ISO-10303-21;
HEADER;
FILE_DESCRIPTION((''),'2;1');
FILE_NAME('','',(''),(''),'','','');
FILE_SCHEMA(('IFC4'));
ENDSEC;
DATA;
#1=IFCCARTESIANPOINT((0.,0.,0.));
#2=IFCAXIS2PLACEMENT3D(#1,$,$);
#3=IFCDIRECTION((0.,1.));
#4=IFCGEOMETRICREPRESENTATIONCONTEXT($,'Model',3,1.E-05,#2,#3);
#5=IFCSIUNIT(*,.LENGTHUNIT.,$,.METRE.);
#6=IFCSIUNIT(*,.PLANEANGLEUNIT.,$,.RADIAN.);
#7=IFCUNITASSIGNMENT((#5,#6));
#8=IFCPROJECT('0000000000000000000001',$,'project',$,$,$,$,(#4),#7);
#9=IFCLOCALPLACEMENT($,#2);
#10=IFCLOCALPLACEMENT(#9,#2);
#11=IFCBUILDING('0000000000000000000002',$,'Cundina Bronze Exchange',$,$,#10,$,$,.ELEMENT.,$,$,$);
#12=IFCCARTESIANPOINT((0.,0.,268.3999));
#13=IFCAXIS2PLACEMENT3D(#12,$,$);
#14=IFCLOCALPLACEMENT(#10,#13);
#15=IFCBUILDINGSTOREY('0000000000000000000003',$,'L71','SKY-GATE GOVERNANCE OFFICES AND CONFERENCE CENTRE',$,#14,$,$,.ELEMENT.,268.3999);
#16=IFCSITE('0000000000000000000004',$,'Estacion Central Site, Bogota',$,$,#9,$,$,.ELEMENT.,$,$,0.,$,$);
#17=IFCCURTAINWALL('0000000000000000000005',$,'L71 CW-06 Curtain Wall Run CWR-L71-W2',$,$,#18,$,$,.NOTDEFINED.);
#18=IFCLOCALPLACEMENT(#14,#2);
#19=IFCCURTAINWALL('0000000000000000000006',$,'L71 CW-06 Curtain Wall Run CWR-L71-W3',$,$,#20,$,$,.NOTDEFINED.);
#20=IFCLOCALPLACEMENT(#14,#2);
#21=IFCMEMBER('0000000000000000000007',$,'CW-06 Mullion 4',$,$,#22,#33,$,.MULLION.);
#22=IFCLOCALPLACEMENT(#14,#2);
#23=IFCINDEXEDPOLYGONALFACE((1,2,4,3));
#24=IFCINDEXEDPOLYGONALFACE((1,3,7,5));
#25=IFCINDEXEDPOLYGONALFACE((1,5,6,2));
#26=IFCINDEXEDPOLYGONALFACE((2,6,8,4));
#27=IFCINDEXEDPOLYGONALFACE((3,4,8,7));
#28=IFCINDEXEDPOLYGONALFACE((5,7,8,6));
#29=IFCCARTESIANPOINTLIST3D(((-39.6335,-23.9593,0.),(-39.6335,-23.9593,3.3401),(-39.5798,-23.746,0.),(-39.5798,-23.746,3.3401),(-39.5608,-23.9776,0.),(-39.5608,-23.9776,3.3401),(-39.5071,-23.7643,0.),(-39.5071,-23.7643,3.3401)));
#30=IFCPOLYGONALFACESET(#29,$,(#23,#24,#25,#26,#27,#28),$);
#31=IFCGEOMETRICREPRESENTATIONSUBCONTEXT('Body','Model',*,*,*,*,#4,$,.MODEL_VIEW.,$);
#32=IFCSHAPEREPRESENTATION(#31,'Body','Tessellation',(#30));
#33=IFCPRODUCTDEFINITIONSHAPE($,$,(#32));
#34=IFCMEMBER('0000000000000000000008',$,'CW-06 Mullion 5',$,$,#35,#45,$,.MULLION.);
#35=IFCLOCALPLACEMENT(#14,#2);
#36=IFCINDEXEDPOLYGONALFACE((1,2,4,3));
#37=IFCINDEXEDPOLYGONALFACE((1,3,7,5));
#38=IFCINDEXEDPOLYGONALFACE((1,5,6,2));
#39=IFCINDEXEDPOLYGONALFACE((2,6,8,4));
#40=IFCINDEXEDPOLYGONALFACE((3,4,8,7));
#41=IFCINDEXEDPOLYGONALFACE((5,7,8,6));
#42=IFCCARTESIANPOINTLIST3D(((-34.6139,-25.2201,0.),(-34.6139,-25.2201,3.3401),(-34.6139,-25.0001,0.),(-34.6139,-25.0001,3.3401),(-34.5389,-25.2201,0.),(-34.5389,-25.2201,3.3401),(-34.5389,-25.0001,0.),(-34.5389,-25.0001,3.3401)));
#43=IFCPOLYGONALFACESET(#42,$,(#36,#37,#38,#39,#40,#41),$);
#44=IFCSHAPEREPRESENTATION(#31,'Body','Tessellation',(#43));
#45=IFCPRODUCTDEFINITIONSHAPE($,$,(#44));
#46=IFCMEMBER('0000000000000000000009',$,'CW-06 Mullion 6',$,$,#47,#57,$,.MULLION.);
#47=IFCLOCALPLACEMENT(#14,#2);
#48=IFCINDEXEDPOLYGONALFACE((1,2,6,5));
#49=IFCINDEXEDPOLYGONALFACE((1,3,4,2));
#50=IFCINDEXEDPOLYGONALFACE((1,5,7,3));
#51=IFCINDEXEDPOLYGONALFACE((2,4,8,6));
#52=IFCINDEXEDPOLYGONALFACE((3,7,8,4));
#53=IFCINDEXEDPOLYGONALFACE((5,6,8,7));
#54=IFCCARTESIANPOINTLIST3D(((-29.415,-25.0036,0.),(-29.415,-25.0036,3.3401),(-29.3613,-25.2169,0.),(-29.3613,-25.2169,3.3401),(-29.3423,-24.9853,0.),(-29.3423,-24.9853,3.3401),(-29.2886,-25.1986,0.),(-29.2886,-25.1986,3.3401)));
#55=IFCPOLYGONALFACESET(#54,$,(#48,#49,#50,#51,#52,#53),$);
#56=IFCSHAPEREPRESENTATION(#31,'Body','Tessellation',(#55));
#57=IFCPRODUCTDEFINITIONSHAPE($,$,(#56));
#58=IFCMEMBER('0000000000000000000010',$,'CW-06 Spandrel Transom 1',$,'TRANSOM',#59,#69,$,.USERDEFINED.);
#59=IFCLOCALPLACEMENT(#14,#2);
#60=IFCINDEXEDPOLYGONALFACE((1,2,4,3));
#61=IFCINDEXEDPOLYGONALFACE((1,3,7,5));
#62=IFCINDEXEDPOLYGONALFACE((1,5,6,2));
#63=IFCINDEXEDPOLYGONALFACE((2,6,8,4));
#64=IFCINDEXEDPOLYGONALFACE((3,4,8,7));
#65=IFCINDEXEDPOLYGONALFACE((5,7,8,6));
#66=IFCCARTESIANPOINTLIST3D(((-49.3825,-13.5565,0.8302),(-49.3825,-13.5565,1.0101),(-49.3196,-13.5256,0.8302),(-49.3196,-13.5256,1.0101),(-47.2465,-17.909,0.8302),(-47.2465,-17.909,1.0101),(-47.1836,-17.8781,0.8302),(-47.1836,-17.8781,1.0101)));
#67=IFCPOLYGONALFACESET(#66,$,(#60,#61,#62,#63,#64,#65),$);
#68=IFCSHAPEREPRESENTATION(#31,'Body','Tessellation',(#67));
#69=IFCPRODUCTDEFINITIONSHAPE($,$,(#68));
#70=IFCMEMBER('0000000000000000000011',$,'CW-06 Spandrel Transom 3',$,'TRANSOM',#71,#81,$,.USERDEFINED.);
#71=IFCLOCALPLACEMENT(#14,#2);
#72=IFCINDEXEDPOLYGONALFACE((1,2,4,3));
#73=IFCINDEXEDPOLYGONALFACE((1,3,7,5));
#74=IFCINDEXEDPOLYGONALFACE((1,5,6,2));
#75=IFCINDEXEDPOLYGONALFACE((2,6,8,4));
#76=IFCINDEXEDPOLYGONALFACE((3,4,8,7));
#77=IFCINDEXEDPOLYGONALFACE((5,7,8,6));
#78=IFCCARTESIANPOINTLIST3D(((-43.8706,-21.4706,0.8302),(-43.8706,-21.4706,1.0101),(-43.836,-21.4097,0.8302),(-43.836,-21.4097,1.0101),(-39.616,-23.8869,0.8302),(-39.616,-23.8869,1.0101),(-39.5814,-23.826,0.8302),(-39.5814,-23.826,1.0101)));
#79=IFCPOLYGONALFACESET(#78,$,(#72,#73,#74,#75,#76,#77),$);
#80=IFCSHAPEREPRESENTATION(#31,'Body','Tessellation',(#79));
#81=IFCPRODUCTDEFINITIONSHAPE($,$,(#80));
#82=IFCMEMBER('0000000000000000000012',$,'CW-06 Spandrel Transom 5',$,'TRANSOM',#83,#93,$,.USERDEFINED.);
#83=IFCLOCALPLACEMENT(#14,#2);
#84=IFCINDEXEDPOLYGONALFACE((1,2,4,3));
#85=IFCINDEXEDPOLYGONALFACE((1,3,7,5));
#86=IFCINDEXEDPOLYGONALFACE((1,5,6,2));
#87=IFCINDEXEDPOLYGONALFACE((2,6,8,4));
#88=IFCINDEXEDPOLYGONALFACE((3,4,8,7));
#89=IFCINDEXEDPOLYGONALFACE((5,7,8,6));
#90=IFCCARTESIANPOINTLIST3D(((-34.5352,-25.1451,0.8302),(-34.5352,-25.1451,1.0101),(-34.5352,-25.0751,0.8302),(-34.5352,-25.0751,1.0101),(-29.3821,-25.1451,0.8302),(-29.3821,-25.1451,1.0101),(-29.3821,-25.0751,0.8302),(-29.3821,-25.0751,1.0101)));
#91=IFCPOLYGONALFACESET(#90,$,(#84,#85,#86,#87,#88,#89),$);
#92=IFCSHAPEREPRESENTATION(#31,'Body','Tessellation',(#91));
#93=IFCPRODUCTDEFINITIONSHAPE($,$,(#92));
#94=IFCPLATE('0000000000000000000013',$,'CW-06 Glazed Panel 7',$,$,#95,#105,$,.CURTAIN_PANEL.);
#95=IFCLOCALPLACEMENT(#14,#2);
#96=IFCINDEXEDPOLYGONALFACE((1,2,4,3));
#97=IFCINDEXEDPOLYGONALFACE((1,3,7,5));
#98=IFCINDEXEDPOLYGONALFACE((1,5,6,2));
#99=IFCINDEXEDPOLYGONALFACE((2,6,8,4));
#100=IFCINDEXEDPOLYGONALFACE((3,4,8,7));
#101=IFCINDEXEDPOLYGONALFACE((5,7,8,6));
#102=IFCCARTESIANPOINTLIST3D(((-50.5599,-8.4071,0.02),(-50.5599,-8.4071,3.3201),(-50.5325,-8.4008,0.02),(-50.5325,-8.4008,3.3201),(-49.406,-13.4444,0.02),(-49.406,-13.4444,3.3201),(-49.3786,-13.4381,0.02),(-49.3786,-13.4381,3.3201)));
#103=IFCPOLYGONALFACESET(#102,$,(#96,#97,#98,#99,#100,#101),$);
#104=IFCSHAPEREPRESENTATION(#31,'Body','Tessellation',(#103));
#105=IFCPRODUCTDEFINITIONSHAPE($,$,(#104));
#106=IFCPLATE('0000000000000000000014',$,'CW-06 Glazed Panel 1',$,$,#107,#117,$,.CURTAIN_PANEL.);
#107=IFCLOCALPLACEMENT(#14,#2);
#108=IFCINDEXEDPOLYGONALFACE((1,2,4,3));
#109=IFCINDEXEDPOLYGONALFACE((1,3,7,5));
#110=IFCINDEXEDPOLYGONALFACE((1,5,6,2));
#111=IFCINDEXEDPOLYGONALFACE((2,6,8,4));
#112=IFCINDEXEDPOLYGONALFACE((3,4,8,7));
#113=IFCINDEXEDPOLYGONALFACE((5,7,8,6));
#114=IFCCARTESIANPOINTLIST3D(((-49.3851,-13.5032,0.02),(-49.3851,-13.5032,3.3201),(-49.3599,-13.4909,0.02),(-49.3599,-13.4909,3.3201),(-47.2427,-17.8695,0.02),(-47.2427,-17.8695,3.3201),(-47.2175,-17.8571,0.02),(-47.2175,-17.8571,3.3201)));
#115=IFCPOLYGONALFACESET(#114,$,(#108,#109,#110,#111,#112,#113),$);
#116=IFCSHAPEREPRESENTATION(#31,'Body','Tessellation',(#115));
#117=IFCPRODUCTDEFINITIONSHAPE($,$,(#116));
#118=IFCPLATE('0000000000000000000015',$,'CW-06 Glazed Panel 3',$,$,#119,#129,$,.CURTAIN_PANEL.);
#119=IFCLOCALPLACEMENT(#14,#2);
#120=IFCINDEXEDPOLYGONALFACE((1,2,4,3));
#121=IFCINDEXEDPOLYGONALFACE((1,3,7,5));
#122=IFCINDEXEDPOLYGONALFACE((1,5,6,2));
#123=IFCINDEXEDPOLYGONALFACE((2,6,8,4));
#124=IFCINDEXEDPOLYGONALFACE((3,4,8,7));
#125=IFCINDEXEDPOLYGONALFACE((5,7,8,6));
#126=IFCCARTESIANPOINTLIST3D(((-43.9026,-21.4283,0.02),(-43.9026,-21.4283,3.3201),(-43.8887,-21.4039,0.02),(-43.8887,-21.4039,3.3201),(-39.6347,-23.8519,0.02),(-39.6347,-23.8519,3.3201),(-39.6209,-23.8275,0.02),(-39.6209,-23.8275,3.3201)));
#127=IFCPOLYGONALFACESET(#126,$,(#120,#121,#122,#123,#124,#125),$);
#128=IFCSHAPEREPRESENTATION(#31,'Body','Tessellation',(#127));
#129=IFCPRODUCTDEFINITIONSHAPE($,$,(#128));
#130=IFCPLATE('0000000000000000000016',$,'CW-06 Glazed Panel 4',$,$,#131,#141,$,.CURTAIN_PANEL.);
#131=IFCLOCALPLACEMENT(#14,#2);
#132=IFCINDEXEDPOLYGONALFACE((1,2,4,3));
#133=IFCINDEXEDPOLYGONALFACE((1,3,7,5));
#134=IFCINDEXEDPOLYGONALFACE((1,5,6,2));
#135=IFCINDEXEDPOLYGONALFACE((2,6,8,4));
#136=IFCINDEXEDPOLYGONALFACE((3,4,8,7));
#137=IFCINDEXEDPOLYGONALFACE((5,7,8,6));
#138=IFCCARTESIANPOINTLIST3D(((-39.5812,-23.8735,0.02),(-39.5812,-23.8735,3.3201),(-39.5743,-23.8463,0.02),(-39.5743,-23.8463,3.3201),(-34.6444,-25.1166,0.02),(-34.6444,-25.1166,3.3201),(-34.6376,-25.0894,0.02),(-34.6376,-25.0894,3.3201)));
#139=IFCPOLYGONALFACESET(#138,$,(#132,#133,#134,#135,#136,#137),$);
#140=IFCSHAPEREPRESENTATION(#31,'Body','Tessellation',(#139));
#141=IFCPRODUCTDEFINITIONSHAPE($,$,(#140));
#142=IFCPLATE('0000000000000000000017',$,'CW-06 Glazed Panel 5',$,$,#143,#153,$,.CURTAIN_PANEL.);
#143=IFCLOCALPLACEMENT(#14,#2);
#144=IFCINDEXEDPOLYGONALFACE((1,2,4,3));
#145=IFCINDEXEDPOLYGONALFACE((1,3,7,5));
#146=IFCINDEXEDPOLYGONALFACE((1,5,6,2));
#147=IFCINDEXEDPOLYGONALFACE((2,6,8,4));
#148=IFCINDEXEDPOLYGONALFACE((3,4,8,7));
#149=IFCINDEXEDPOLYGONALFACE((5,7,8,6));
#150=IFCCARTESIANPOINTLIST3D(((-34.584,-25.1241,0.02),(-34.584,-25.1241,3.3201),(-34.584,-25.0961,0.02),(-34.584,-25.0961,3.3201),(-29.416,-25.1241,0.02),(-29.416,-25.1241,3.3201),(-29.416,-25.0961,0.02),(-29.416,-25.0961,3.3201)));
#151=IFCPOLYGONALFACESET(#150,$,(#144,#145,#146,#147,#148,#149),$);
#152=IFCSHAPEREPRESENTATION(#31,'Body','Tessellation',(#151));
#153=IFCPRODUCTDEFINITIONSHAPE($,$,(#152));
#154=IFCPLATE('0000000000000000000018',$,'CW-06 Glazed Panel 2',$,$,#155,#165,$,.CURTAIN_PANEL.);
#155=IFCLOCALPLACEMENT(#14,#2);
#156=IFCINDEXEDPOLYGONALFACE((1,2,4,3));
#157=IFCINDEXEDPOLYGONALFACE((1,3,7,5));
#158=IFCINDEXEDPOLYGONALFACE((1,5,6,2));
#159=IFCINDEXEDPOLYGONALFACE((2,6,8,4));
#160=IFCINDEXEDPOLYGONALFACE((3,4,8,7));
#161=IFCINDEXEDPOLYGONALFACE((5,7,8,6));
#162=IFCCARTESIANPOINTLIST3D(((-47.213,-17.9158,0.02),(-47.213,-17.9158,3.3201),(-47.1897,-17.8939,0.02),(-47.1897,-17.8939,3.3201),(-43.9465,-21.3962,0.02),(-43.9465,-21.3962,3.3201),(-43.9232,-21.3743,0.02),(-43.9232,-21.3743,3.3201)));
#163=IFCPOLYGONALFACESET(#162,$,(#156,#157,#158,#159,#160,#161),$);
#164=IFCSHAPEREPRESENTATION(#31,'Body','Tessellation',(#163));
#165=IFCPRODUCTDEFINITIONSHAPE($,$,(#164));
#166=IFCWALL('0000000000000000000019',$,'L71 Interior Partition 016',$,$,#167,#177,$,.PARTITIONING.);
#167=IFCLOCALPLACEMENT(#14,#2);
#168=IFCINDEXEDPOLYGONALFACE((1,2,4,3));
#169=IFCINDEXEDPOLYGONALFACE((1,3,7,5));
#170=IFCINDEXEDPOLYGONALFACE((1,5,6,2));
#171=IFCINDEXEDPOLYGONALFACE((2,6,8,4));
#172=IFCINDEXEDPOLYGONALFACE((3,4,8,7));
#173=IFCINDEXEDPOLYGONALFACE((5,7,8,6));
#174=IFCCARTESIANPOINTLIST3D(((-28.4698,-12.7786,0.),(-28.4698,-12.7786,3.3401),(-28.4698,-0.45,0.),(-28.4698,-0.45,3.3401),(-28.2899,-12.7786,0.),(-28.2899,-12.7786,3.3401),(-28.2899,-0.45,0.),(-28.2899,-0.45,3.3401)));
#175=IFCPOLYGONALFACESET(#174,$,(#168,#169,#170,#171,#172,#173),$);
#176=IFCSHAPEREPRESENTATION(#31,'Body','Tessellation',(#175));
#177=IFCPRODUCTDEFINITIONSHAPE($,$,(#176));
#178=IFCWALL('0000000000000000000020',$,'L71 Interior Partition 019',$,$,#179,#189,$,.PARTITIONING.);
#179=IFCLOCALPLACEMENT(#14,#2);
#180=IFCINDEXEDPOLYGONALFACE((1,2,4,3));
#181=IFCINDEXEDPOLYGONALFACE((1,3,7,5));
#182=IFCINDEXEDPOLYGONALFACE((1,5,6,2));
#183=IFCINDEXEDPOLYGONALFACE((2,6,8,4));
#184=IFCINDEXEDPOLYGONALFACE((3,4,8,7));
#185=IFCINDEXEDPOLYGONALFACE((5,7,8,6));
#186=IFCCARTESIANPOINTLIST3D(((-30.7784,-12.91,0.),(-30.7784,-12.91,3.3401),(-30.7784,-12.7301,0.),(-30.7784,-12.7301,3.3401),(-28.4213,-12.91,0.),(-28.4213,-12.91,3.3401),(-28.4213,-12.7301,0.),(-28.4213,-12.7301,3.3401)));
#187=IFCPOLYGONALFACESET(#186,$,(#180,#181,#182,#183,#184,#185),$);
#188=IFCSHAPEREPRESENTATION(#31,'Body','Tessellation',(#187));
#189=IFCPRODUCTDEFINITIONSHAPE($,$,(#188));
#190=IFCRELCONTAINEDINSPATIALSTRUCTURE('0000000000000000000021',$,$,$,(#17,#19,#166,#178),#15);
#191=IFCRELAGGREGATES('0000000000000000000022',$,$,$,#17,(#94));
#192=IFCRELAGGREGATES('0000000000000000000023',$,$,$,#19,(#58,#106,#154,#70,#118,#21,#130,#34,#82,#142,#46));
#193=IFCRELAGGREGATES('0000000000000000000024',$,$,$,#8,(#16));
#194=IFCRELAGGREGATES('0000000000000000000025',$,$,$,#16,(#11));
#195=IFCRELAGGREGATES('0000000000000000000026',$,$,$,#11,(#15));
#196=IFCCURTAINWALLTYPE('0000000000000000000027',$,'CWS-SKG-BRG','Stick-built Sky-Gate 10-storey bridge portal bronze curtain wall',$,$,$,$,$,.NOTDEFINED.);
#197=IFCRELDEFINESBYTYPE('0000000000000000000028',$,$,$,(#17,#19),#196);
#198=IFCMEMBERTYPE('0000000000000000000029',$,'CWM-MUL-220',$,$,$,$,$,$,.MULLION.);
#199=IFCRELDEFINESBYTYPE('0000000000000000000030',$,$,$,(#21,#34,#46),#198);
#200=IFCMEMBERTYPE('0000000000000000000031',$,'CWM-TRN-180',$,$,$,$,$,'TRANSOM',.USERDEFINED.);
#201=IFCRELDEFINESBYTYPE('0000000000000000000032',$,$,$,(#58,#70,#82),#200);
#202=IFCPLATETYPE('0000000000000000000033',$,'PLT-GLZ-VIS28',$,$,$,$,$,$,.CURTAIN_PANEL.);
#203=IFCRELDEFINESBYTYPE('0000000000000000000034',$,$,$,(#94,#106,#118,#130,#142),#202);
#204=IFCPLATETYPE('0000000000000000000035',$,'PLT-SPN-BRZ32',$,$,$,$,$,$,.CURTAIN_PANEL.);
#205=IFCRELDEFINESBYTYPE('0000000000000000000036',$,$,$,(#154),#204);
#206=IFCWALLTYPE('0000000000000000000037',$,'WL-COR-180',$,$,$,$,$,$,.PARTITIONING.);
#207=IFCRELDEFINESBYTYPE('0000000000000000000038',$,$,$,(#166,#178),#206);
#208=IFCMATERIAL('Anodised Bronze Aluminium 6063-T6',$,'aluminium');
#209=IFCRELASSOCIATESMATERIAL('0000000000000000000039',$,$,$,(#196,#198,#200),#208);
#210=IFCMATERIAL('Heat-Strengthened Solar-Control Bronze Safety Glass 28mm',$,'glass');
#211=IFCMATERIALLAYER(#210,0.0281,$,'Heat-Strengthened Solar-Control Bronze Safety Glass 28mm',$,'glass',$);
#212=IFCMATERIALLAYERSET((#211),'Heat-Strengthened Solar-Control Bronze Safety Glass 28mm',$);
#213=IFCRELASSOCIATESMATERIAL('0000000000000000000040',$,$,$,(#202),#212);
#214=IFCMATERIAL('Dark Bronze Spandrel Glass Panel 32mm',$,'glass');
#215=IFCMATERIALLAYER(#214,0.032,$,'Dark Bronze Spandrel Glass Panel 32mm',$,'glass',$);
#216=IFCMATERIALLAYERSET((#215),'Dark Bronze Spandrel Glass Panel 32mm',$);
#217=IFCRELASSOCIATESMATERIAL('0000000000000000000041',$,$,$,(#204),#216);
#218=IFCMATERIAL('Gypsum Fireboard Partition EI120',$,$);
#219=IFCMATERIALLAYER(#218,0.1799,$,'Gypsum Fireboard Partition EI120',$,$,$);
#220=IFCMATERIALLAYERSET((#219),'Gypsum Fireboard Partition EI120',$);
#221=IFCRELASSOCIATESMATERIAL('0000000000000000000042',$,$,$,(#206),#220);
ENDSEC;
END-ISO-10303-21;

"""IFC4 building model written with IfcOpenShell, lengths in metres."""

from ifc_helpers import new_model, si_unit, direction, frame, frame_2d, origin, origin_2d, place, context, subcontext, project, spatial, rectangle, extrude, material, layer, layer_set, material_profile, profile_set, type_object, element, aggregate, save


model = new_model("IFC4")

# Units and contexts
model_context = context("Model", 3, precision=1e-05, world=origin(), true_north=direction((0.0, 1.0)))
body_context = subcontext(model_context, "Body", "Model", "MODEL_VIEW")
ifc_project = project(units=[si_unit("LENGTHUNIT", "METRE"), si_unit("PLANEANGLEUNIT", "RADIAN")], contexts=[model_context])

# Site, building, storey
site_placement = place(None, origin())
site = spatial("IfcSite", under=ifc_project, at=site_placement, Name="Estacion Central Site, Bogota", CompositionType="ELEMENT", RefElevation=0.0)
building_placement = place(site_placement, origin())
building = spatial("IfcBuilding", under=site, at=building_placement, Name="Cundina Bronze Exchange", CompositionType="ELEMENT")
storey_placement = place(building_placement, frame((0.0, 0.0, 268.3999)))
storey = spatial("IfcBuildingStorey", under=building, at=storey_placement, Name="L71", Description="SKY-GATE GOVERNANCE OFFICES AND CONFERENCE CENTRE", CompositionType="ELEMENT", Elevation=268.3999)

# Curtain wall
ifc_material_1 = material(Name="Anodised Bronze Aluminium 6063-T6", Category="aluminium")
curtain_wall_type = type_object("IfcCurtainWallType", Name="CWS-SKG-BRG", Description="Stick-built Sky-Gate 10-storey bridge portal bronze curtain wall", PredefinedType="NOTDEFINED", material=ifc_material_1)
curtain_wall_1_placement = place(storey_placement, origin())
curtain_wall_1 = element("IfcCurtainWall", 1, at=curtain_wall_1_placement, inside=storey, type_object=curtain_wall_type, Name="L71 CW-06 Curtain Wall Run CWR-L71-W2", PredefinedType="NOTDEFINED")
ifc_material_profile_1 = material_profile(ifc_material_1, rectangle(XDim=0.075, YDim=0.22, at=origin_2d()), Name="AL75X220", Category="aluminium")
ifc_profile_set_1 = profile_set([ifc_material_profile_1], Name="Anodised Bronze Aluminium 6063-T6")
member_type_1 = type_object("IfcMemberType", Name="CWM-MUL-220", PredefinedType="MULLION", material=ifc_profile_set_1)

# Curtain wall, members
curtain_wall_2_placement = place(storey_placement, origin())
curtain_wall_2 = element("IfcCurtainWall", 2, at=curtain_wall_2_placement, inside=storey, type_object=curtain_wall_type, Name="L71 CW-06 Curtain Wall Run CWR-L71-W3", PredefinedType="NOTDEFINED")
member_1_placement = place(storey_placement, frame((-39.5703, -23.8618, 0.0), z_axis=(0.0, 0.0, 1.0), x_axis=(0.969744, -0.244123, 0.0)))
member_1 = element("IfcMember", 3, at=member_1_placement, type_object=member_type_1, Name="CW-06 Mullion 4", PredefinedType="MULLION", context=body_context, shape_type="SweptSolid", body=[
    extrude(rectangle(XDim=0.075, YDim=0.22, at=origin_2d()), origin(), (0.0, 0.0, 1.0), 3.3401),
])
member_2_placement = place(storey_placement, frame((-34.5764, -25.1101, 0.0), z_axis=(0.0, 0.0, 1.0), x_axis=(1.0, 0.0, 0.0)))
member_2 = element("IfcMember", 4, at=member_2_placement, type_object=member_type_1, Name="CW-06 Mullion 5", PredefinedType="MULLION", context=body_context, shape_type="SweptSolid", body=[
    extrude(rectangle(XDim=0.075, YDim=0.22, at=origin_2d()), origin(), (0.0, 0.0, 1.0), 3.3401),
])
member_3_placement = place(storey_placement, frame((-29.3518, -25.1011, 0.0), z_axis=(0.0, 0.0, 1.0), x_axis=(0.969744, 0.244123, 0.0)))
member_3 = element("IfcMember", 5, at=member_3_placement, type_object=member_type_1, Name="CW-06 Mullion 6", PredefinedType="MULLION", context=body_context, shape_type="SweptSolid", body=[
    extrude(rectangle(XDim=0.075, YDim=0.22, at=origin_2d()), origin(), (0.0, 0.0, 1.0), 3.3401),
])
ifc_material_profile_2 = material_profile(ifc_material_1, rectangle(XDim=0.0701, YDim=0.1799, at=origin_2d()), Name="AL70X180", Category="aluminium")
ifc_profile_set_2 = profile_set([ifc_material_profile_2], Name="Anodised Bronze Aluminium 6063-T6")
member_type_2 = type_object("IfcMemberType", Name="CWM-TRN-180", ElementType="TRANSOM", PredefinedType="USERDEFINED", material=ifc_profile_set_2)
member_4_placement = place(storey_placement, frame((-49.3511, -13.541, 0.9202), z_axis=(0.440554, -0.897726, 0.0), x_axis=(0.897726, 0.440554, 0.0)))
member_4 = element("IfcMember", 6, at=member_4_placement, type_object=member_type_2, Name="CW-06 Spandrel Transom 1", ObjectType="TRANSOM", PredefinedType="USERDEFINED", context=body_context, shape_type="SweptSolid", body=[
    extrude(rectangle(XDim=0.0701, YDim=0.1799, at=origin_2d()), origin(), (0.0, 0.0, 1.0), 4.8484),
])
member_5_placement = place(storey_placement, frame((-43.8533, -21.4402, 0.9202), z_axis=(0.869557, -0.493832, 0.0), x_axis=(0.493832, 0.869557, 0.0)))
member_5 = element("IfcMember", 7, at=member_5_placement, type_object=member_type_2, Name="CW-06 Spandrel Transom 3", ObjectType="TRANSOM", PredefinedType="USERDEFINED", context=body_context, shape_type="SweptSolid", body=[
    extrude(rectangle(XDim=0.0701, YDim=0.1799, at=origin_2d()), origin(), (0.0, 0.0, 1.0), 4.8928),
])
member_6_placement = place(storey_placement, frame((-34.5352, -25.1101, 0.9202), z_axis=(1.0, 0.0, 0.0), x_axis=(0.0, 1.0, 0.0)))
member_6 = element("IfcMember", 8, at=member_6_placement, type_object=member_type_2, Name="CW-06 Spandrel Transom 5", ObjectType="TRANSOM", PredefinedType="USERDEFINED", context=body_context, shape_type="SweptSolid", body=[
    extrude(rectangle(XDim=0.0701, YDim=0.1799, at=origin_2d()), origin(), (0.0, 0.0, 1.0), 5.1531),
])

# Plates
ifc_material_2 = material(Name="Heat-Strengthened Solar-Control Bronze Safety Glass 28mm", Category="glass")
ifc_layer_1 = layer(ifc_material_2, 0.0281, Name="Heat-Strengthened Solar-Control Bronze Safety Glass 28mm", Category="glass")
ifc_layer_set_1 = layer_set([ifc_layer_1], Name="Heat-Strengthened Solar-Control Bronze Safety Glass 28mm")
plate_type_1 = type_object("IfcPlateType", Name="PLT-GLZ-VIS28", PredefinedType="CURTAIN_PANEL", material=ifc_layer_set_1)
plate_1_placement = place(storey_placement, frame((-49.9692, -10.9226, 0.02), z_axis=(0.0, 0.0, 1.0), x_axis=(0.223284, -0.974753, 0.0)))
plate_1 = element("IfcPlate", 9, at=plate_1_placement, type_object=plate_type_1, Name="CW-06 Glazed Panel 7", PredefinedType="CURTAIN_PANEL", context=body_context, shape_type="SweptSolid", body=[
    extrude(rectangle(XDim=5.1677, YDim=0.0281, at=origin_2d()), origin(), (0.0, 0.0, 1.0), 3.3),
])
aggregate(curtain_wall_1, [plate_1])
plate_2_placement = place(storey_placement, frame((-48.3013, -15.6802, 0.02), z_axis=(0.0, 0.0, 1.0), x_axis=(0.440503, -0.897751, 0.0)))
plate_2 = element("IfcPlate", 10, at=plate_2_placement, type_object=plate_type_1, Name="CW-06 Glazed Panel 1", PredefinedType="CURTAIN_PANEL", context=body_context, shape_type="SweptSolid", body=[
    extrude(rectangle(XDim=4.8635, YDim=0.0281, at=origin_2d()), origin(), (0.0, 0.0, 1.0), 3.3),
])
plate_3_placement = place(storey_placement, frame((-41.7617, -22.6279, 0.02), z_axis=(0.0, 0.0, 1.0), x_axis=(0.869573, -0.493805, 0.0)))
plate_3 = element("IfcPlate", 11, at=plate_3_placement, type_object=plate_type_1, Name="CW-06 Glazed Panel 3", PredefinedType="CURTAIN_PANEL", context=body_context, shape_type="SweptSolid", body=[
    extrude(rectangle(XDim=4.908, YDim=0.0281, at=origin_2d()), origin(), (0.0, 0.0, 1.0), 3.3),
])
plate_4_placement = place(storey_placement, frame((-37.1094, -24.4814, 0.02), z_axis=(0.0, 0.0, 1.0), x_axis=(0.969732, -0.244174, 0.0)))
plate_4 = element("IfcPlate", 12, at=plate_4_placement, type_object=plate_type_1, Name="CW-06 Glazed Panel 4", PredefinedType="CURTAIN_PANEL", context=body_context, shape_type="SweptSolid", body=[
    extrude(rectangle(XDim=5.0908, YDim=0.0281, at=origin_2d()), origin(), (0.0, 0.0, 1.0), 3.3),
])
plate_5_placement = place(storey_placement, frame((-32.0, -25.1101, 0.02), z_axis=(0.0, 0.0, 1.0), x_axis=(1.0, 0.0, 0.0)))
plate_5 = element("IfcPlate", 13, at=plate_5_placement, type_object=plate_type_1, Name="CW-06 Glazed Panel 5", PredefinedType="CURTAIN_PANEL", context=body_context, shape_type="SweptSolid", body=[
    extrude(rectangle(XDim=5.168, YDim=0.0281, at=origin_2d()), origin(), (0.0, 0.0, 1.0), 3.3),
])
ifc_material_3 = material(Name="Dark Bronze Spandrel Glass Panel 32mm", Category="glass")
ifc_layer_2 = layer(ifc_material_3, 0.032, Name="Dark Bronze Spandrel Glass Panel 32mm", Category="glass")
ifc_layer_set_2 = layer_set([ifc_layer_2], Name="Dark Bronze Spandrel Glass Panel 32mm")
plate_type_2 = type_object("IfcPlateType", Name="PLT-SPN-BRZ32", PredefinedType="CURTAIN_PANEL", material=ifc_layer_set_2)
plate_6_placement = place(storey_placement, frame((-45.5681, -19.645, 0.02), z_axis=(0.0, 0.0, 1.0), x_axis=(0.684344, -0.72916, 0.0)))
plate_6 = element("IfcPlate", 14, at=plate_6_placement, type_object=plate_type_2, Name="CW-06 Glazed Panel 2", PredefinedType="CURTAIN_PANEL", context=body_context, shape_type="SweptSolid", body=[
    extrude(rectangle(XDim=4.7732, YDim=0.032, at=origin_2d()), origin(), (0.0, 0.0, 1.0), 3.3),
])
aggregate(curtain_wall_2, [member_4, plate_2, plate_6, member_5, plate_3, member_1, plate_4, member_2, member_6, plate_5, member_3])

# Walls
ifc_material_4 = material(Name="Gypsum Fireboard Partition EI120")
ifc_layer_3 = layer(ifc_material_4, 0.1799, Name="Gypsum Fireboard Partition EI120")
ifc_layer_set_3 = layer_set([ifc_layer_3], Name="Gypsum Fireboard Partition EI120")
wall_type = type_object("IfcWallType", Name="WL-COR-180", PredefinedType="PARTITIONING", material=ifc_layer_set_3)
wall_1_placement = place(storey_placement, frame((-28.3799, -12.7786, 0.0), z_axis=(0.0, 0.0, 1.0), x_axis=(0.0, 1.0, 0.0)))
element("IfcWall", 15, at=wall_1_placement, inside=storey, type_object=wall_type, Name="L71 Interior Partition 016", PredefinedType="PARTITIONING", context=body_context, shape_type="SweptSolid", body=[
    extrude(rectangle(XDim=12.3286, YDim=0.1799, at=frame_2d((6.1643, 0.0))), origin(), (0.0, 0.0, 1.0), 3.3401),
])
wall_2_placement = place(storey_placement, frame((-30.7786, -12.8201, 0.0), z_axis=(0.0, 0.0, 1.0), x_axis=(1.0, 0.0, 0.0)))
element("IfcWall", 16, at=wall_2_placement, inside=storey, type_object=wall_type, Name="L71 Interior Partition 019", PredefinedType="PARTITIONING", context=body_context, shape_type="SweptSolid", body=[
    extrude(rectangle(XDim=2.3572, YDim=0.1799, at=frame_2d((1.1787, 0.0))), origin(), (0.0, 0.0, 1.0), 3.3401),
])

save(model, "model.ifc")
